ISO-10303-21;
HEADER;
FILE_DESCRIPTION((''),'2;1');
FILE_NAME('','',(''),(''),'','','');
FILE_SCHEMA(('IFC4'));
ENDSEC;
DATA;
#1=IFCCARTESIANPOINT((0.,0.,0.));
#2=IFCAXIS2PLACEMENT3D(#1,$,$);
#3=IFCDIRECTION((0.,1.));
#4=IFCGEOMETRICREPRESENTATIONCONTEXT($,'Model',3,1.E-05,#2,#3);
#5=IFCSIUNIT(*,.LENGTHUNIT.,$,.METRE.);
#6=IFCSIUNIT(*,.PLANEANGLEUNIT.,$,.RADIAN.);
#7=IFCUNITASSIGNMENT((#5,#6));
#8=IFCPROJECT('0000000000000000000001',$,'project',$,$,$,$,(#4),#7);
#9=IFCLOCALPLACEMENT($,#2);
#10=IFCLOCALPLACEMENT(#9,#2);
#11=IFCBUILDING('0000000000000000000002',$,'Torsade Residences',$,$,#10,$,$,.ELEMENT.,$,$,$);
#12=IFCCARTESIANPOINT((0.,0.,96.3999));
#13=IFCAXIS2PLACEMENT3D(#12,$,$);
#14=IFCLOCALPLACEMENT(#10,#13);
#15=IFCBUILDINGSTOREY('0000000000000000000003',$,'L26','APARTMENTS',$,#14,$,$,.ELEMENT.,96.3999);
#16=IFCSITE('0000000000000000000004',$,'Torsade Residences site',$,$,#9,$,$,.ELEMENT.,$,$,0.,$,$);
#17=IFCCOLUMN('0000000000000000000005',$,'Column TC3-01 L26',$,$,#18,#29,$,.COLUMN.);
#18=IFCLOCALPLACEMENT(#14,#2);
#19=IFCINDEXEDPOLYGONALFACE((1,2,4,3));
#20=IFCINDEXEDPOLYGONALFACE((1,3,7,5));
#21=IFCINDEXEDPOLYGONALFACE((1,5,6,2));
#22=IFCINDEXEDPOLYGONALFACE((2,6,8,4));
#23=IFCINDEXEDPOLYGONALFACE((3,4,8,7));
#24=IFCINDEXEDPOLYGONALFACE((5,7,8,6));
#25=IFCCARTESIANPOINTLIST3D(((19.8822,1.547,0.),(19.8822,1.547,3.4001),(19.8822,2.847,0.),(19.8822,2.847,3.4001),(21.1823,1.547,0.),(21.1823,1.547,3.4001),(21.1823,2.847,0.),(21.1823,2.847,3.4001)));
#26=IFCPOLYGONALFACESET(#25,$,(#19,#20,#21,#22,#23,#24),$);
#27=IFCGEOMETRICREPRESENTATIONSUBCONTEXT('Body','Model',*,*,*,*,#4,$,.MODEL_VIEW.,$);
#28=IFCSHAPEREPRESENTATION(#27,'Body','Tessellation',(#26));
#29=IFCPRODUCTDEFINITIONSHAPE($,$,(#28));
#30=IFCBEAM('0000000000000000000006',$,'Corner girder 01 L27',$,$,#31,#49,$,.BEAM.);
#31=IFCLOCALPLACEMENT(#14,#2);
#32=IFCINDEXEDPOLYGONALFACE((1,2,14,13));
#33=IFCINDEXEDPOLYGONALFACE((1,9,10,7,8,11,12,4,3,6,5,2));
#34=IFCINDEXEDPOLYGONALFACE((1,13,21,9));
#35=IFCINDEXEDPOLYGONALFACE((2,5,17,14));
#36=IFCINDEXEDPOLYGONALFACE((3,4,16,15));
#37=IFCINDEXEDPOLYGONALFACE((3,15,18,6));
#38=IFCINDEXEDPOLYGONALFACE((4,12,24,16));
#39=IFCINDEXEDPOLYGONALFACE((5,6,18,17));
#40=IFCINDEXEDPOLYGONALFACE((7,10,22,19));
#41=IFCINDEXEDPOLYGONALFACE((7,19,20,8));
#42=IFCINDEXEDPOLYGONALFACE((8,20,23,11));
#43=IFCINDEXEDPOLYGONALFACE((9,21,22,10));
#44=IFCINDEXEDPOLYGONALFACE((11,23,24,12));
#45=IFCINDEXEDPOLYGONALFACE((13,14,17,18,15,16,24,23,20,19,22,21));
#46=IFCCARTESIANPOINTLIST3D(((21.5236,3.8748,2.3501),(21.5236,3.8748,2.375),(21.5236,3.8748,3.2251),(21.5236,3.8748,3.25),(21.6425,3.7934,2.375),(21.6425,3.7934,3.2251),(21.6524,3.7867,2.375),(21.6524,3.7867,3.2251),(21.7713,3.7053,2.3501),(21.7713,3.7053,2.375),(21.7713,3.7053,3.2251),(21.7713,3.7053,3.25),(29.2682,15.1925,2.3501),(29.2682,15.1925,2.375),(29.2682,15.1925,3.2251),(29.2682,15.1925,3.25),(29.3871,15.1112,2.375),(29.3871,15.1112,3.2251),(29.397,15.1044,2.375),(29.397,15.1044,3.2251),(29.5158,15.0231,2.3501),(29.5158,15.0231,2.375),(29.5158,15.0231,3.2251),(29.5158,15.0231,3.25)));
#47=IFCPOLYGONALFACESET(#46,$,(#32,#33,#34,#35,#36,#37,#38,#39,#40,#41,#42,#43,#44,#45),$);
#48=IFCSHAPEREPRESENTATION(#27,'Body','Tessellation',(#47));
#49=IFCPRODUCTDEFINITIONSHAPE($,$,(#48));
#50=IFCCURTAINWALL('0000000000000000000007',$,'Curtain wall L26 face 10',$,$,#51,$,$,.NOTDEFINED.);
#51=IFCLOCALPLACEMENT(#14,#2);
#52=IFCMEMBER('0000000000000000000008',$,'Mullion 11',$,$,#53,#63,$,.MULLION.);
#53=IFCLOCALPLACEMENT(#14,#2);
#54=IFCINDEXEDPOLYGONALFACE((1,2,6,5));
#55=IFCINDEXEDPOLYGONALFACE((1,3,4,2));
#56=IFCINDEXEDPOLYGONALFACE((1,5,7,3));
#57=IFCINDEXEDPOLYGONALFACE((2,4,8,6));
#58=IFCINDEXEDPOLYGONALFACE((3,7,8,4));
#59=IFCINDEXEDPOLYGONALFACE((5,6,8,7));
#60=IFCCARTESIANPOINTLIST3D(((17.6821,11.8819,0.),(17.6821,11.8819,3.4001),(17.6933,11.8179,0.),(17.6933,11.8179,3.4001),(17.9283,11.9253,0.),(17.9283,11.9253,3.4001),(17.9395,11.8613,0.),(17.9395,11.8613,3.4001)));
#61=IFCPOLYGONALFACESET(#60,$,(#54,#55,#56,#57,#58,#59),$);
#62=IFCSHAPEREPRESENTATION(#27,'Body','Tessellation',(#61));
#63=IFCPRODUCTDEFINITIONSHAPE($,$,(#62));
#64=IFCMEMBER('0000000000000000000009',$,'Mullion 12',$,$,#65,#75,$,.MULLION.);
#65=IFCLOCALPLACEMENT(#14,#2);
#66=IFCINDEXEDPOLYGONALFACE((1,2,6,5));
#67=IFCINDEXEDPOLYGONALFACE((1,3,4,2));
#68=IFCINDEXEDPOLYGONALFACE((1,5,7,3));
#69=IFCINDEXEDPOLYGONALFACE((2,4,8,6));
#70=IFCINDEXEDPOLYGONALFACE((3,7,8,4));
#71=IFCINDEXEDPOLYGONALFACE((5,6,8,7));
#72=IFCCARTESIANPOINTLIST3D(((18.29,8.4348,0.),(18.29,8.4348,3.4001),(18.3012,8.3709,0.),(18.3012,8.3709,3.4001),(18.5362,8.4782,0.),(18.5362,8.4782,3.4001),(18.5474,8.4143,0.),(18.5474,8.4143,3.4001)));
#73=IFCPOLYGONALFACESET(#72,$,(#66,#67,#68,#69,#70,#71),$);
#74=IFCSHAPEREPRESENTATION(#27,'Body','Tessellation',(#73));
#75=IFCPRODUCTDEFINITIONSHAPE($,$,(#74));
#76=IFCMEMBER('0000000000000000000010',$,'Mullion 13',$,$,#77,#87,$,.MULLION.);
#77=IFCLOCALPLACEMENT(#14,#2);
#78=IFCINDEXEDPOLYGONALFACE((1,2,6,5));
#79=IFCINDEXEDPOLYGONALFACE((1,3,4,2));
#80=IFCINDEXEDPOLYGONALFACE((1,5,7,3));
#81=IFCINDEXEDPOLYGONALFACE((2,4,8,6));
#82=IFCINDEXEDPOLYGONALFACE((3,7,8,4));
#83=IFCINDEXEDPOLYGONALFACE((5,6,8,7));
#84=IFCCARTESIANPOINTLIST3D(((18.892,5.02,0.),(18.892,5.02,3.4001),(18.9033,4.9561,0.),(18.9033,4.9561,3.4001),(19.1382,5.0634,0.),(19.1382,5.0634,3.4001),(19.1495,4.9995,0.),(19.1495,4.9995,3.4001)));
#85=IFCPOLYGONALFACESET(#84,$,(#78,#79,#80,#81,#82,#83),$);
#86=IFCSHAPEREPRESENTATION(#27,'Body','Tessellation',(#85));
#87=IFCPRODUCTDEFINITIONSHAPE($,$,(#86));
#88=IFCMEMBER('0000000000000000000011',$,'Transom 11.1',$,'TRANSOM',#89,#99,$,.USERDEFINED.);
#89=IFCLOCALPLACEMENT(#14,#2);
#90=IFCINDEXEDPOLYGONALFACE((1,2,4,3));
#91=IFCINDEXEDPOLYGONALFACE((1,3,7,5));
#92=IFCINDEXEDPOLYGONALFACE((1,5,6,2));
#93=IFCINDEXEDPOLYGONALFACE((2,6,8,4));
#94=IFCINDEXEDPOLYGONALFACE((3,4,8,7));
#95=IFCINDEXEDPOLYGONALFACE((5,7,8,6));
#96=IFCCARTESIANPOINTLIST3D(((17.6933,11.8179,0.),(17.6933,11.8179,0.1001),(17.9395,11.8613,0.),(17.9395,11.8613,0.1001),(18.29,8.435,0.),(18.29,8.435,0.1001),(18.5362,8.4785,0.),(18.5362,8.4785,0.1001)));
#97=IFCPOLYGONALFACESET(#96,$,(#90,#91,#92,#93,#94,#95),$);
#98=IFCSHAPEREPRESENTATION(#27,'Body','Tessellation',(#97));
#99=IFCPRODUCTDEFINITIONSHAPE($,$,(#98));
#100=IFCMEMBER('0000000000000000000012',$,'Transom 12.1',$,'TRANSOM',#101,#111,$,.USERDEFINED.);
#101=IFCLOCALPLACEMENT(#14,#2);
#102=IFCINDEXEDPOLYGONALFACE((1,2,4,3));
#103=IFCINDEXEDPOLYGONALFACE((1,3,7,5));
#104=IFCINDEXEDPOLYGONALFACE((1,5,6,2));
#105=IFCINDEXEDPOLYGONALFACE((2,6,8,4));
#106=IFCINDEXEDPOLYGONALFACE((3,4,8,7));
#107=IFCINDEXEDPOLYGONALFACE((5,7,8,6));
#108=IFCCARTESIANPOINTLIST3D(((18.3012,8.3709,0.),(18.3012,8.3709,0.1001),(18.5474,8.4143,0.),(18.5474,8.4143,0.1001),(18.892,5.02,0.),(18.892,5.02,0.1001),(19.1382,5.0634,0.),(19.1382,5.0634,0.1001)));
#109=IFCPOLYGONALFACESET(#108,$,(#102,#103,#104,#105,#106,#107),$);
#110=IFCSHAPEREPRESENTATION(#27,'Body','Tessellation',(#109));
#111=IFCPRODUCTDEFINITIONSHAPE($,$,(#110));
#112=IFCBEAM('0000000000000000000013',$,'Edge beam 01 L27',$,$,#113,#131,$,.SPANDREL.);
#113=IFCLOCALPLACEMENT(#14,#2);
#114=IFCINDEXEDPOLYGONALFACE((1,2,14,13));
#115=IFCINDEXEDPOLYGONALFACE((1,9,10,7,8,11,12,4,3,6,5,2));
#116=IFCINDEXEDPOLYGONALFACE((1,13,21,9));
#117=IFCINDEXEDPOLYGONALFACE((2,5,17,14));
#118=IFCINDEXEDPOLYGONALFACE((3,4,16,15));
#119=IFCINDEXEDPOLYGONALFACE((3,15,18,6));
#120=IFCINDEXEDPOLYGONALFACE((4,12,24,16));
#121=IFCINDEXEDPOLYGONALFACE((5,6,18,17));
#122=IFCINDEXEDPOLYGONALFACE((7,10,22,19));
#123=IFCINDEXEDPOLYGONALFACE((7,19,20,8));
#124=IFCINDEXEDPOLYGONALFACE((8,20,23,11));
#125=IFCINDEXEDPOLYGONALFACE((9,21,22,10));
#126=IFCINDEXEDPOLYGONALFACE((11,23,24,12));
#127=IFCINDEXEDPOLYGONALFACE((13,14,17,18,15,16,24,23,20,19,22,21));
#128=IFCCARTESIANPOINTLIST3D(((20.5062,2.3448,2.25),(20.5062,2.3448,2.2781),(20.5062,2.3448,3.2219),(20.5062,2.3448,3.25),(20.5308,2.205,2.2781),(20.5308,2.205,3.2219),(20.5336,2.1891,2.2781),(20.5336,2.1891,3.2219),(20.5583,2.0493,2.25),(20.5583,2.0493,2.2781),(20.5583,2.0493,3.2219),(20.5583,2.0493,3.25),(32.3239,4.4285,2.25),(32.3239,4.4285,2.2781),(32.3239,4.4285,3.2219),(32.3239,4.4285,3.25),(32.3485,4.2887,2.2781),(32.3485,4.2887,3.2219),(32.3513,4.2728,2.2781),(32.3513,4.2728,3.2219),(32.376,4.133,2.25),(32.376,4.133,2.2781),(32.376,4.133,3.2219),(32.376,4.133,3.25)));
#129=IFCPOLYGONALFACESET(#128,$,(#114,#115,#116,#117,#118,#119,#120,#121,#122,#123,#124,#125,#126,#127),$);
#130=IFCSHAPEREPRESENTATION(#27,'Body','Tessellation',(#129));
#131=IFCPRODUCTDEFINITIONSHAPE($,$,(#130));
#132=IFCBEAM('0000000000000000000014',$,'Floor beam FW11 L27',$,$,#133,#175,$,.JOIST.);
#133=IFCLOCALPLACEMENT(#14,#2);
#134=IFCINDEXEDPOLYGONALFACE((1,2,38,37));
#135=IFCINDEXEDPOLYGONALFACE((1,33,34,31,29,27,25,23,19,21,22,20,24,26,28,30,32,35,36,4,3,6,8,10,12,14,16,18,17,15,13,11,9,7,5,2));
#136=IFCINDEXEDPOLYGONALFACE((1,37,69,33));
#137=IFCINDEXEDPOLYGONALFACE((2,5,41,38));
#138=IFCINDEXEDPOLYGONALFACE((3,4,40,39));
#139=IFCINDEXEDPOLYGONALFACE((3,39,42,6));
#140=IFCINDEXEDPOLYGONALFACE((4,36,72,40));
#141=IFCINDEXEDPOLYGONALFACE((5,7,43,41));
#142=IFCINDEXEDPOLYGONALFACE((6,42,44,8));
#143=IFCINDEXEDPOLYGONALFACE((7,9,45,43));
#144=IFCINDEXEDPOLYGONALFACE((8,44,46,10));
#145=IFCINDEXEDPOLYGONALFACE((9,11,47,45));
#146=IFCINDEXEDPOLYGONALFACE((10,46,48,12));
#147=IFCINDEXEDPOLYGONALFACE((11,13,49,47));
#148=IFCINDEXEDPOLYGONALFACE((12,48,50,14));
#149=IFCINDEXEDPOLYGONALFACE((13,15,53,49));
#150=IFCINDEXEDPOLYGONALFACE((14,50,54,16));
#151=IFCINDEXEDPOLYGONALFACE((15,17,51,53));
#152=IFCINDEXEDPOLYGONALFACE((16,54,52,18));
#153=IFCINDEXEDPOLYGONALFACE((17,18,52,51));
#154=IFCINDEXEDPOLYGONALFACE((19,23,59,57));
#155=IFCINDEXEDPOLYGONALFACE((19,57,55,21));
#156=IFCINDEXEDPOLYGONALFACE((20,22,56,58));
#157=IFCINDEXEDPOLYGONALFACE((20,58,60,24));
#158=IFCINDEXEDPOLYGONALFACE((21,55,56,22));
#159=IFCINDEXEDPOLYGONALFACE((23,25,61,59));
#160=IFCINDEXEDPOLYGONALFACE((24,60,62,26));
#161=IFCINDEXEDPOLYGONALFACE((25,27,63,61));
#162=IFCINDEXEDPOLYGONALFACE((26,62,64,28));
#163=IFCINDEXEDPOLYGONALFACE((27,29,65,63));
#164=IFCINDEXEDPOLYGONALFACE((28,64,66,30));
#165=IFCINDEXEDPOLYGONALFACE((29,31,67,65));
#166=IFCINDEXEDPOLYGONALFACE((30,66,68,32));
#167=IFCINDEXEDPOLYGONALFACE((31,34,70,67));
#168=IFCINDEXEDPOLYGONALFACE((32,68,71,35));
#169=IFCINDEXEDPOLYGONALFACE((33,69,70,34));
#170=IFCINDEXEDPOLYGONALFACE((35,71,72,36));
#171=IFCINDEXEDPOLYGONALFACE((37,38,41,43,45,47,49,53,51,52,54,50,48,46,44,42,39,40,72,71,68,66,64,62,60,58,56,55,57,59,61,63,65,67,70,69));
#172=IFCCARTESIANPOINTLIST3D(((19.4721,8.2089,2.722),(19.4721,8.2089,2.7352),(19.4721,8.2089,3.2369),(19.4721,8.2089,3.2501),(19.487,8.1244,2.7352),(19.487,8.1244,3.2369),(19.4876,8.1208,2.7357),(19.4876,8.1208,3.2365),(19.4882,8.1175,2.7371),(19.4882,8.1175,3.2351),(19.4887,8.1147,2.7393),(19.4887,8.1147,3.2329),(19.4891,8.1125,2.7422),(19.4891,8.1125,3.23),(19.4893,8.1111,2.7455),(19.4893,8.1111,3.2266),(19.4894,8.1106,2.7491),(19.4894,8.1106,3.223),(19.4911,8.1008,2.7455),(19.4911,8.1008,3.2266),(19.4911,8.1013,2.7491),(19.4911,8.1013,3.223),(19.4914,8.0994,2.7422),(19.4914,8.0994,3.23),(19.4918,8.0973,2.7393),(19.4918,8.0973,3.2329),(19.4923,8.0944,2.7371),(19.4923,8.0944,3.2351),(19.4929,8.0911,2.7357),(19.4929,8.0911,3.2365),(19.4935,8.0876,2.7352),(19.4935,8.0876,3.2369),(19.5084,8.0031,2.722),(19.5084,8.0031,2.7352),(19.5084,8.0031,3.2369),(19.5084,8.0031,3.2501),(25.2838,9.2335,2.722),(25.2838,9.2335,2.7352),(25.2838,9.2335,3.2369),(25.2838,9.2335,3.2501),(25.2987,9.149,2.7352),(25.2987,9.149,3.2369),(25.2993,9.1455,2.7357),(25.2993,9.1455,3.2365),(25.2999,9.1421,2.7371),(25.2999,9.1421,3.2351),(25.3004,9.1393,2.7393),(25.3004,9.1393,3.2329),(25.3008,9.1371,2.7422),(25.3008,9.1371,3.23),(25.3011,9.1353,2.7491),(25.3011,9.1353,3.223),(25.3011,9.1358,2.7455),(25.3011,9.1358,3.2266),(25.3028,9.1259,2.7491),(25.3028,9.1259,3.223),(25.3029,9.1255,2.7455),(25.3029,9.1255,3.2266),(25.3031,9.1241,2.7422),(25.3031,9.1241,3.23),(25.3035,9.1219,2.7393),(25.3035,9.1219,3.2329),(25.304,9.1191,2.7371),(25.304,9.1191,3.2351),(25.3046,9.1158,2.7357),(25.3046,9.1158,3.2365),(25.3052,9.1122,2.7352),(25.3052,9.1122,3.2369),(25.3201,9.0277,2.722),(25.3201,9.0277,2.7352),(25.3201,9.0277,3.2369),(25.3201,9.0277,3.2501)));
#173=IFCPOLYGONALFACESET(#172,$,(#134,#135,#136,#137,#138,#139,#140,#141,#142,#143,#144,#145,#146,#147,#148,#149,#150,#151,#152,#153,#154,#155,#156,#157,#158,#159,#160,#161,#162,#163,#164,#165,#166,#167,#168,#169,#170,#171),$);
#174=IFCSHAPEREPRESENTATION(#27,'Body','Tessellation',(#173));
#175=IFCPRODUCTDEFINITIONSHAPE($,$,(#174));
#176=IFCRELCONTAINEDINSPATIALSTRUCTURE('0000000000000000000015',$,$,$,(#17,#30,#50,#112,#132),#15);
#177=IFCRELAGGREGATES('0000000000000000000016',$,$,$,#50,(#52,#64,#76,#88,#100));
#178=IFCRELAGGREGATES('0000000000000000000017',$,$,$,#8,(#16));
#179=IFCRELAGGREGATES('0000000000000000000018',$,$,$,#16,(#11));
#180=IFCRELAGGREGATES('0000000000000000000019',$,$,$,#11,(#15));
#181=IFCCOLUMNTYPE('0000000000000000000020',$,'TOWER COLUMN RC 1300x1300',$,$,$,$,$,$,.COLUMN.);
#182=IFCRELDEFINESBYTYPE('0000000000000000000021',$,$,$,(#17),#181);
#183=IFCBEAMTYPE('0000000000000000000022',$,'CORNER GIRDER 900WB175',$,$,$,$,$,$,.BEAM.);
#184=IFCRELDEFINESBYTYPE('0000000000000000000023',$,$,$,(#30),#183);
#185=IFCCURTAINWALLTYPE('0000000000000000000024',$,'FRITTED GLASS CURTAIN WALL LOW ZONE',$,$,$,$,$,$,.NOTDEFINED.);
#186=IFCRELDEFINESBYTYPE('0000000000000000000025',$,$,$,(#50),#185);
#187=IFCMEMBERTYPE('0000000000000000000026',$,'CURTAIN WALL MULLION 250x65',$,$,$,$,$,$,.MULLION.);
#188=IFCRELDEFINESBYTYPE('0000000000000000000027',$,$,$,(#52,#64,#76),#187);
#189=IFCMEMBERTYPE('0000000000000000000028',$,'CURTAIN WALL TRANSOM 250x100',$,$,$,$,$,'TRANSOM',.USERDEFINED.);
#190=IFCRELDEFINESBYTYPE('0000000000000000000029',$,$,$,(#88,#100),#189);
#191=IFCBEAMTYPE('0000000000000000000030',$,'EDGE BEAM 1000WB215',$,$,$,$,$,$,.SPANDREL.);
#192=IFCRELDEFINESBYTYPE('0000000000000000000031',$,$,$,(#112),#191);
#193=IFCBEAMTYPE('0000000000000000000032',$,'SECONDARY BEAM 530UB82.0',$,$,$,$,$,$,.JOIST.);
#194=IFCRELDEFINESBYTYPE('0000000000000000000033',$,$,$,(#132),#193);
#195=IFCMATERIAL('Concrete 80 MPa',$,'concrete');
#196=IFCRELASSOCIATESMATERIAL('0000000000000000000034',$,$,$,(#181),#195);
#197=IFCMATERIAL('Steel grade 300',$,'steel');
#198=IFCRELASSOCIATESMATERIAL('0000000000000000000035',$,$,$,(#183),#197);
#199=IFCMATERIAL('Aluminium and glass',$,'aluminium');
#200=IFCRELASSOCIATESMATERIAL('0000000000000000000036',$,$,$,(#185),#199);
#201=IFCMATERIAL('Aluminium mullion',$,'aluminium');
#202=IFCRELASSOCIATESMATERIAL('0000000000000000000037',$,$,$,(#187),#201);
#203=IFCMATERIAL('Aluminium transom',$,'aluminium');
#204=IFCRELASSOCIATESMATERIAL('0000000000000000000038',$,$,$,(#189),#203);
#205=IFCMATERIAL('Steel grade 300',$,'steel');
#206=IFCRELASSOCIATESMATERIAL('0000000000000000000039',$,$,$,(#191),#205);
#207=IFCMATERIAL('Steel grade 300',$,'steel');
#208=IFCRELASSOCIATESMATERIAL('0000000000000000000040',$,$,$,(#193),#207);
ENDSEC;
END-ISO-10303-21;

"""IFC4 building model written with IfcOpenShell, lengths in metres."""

from ifc_helpers import new_model, si_unit, direction, frame, origin, origin_2d, place, context, subcontext, project, spatial, rectangle, i_section, extrude, material, material_profile, profile_set, type_object, element, aggregate, save


model = new_model("IFC4")

# Units and contexts
model_context = context("Model", 3, precision=1e-05, world=origin(), true_north=direction((0.0, 1.0)))
body_context = subcontext(model_context, "Body", "Model", "MODEL_VIEW")
ifc_project = project(units=[si_unit("LENGTHUNIT", "METRE"), si_unit("PLANEANGLEUNIT", "RADIAN")], contexts=[model_context])

# Site, building, storey
site_placement = place(None, origin())
site = spatial("IfcSite", under=ifc_project, at=site_placement, Name="Torsade Residences site", CompositionType="ELEMENT", RefElevation=0.0)
building_placement = place(site_placement, origin())
building = spatial("IfcBuilding", under=site, at=building_placement, Name="Torsade Residences", CompositionType="ELEMENT")
storey_placement = place(building_placement, frame((0.0, 0.0, 96.3999)))
storey = spatial("IfcBuildingStorey", under=building, at=storey_placement, Name="L26", Description="APARTMENTS", CompositionType="ELEMENT", Elevation=96.3999)

# Column
ifc_material_1 = material(Name="Concrete 80 MPa", Category="concrete")
ifc_material_profile_1 = material_profile(ifc_material_1, rectangle(XDim=1.3, YDim=1.3, at=origin_2d()), Name="RC 1300x1300")
ifc_profile_set_1 = profile_set([ifc_material_profile_1], Name="Concrete 80 MPa")
column_type = type_object("IfcColumnType", Name="TOWER COLUMN RC 1300x1300", PredefinedType="COLUMN", material=ifc_profile_set_1)
column_placement = place(storey_placement, frame((20.5322, 2.197, 0.0), z_axis=(0.0, 0.0, 1.0), x_axis=(1.0, 0.0, 0.0)))
element("IfcColumn", 1, at=column_placement, inside=storey, type_object=column_type, Name="Column TC3-01 L26", PredefinedType="COLUMN", context=body_context, shape_type="SweptSolid", body=[
    extrude(rectangle(XDim=1.3, YDim=1.3, at=origin_2d()), origin(), (0.0, 0.0, 1.0), 3.4001),
])

# Beam
ifc_material_2 = material(Name="Steel grade 300", Category="steel")
ifc_material_profile_2 = material_profile(ifc_material_2, i_section(OverallWidth=0.3, OverallDepth=0.8999, WebThickness=0.012, FlangeThickness=0.0249, at=origin_2d()), Name="900WB175")
ifc_profile_set_2 = profile_set([ifc_material_profile_2], Name="Steel grade 300")
beam_type_1 = type_object("IfcBeamType", Name="CORNER GIRDER 900WB175", PredefinedType="BEAM", material=ifc_profile_set_2)
beam_1_placement = place(storey_placement, frame((21.6475, 3.79, 2.8), z_axis=(0.564725, 0.825279, 0.0), x_axis=(-0.825279, 0.564725, 0.0)))
element("IfcBeam", 2, at=beam_1_placement, inside=storey, type_object=beam_type_1, Name="Corner girder 01 L27", PredefinedType="BEAM", context=body_context, shape_type="SweptSolid", body=[
    extrude(i_section(OverallWidth=0.3, OverallDepth=0.8999, WebThickness=0.012, FlangeThickness=0.0249, at=origin_2d()), origin(), (0.0, 0.0, 1.0), 13.7139),
])

# Curtain wall, members
ifc_material_3 = material(Name="Aluminium and glass", Category="aluminium")
curtain_wall_type = type_object("IfcCurtainWallType", Name="FRITTED GLASS CURTAIN WALL LOW ZONE", PredefinedType="NOTDEFINED", material=ifc_material_3)
curtain_wall_placement = place(storey_placement, origin())
curtain_wall = element("IfcCurtainWall", 3, at=curtain_wall_placement, inside=storey, type_object=curtain_wall_type, Name="Curtain wall L26 face 10", PredefinedType="NOTDEFINED")
ifc_material_4 = material(Name="Aluminium mullion", Category="aluminium")
ifc_material_profile_3 = material_profile(ifc_material_4, rectangle(XDim=0.25, YDim=0.0649, at=origin_2d()), Name="CURTAIN WALL MULLION 250x65")
ifc_profile_set_3 = profile_set([ifc_material_profile_3], Name="Aluminium mullion")
member_type_1 = type_object("IfcMemberType", Name="CURTAIN WALL MULLION 250x65", PredefinedType="MULLION", material=ifc_profile_set_3)
member_1_placement = place(storey_placement, frame((17.8108, 11.8716, 0.0), z_axis=(0.0, 0.0, 1.0), x_axis=(0.984808, 0.173648, 0.0)))
member_1 = element("IfcMember", 4, at=member_1_placement, type_object=member_type_1, Name="Mullion 11", PredefinedType="MULLION", context=body_context, shape_type="SweptSolid", body=[
    extrude(rectangle(XDim=0.25, YDim=0.0649, at=origin_2d()), origin(), (0.0, 0.0, 1.0), 3.4001),
])
member_2_placement = place(storey_placement, frame((18.4187, 8.4246, 0.0), z_axis=(0.0, 0.0, 1.0), x_axis=(0.984808, 0.173648, 0.0)))
member_2 = element("IfcMember", 5, at=member_2_placement, type_object=member_type_1, Name="Mullion 12", PredefinedType="MULLION", context=body_context, shape_type="SweptSolid", body=[
    extrude(rectangle(XDim=0.25, YDim=0.0649, at=origin_2d()), origin(), (0.0, 0.0, 1.0), 3.4001),
])
member_3_placement = place(storey_placement, frame((19.0208, 5.0098, 0.0), z_axis=(0.0, 0.0, 1.0), x_axis=(0.984808, 0.173648, 0.0)))
member_3 = element("IfcMember", 6, at=member_3_placement, type_object=member_type_1, Name="Mullion 13", PredefinedType="MULLION", context=body_context, shape_type="SweptSolid", body=[
    extrude(rectangle(XDim=0.25, YDim=0.0649, at=origin_2d()), origin(), (0.0, 0.0, 1.0), 3.4001),
])
ifc_material_5 = material(Name="Aluminium transom", Category="aluminium")
ifc_material_profile_4 = material_profile(ifc_material_5, rectangle(XDim=0.25, YDim=0.1001, at=origin_2d()), Name="CURTAIN WALL TRANSOM 250x100")
ifc_profile_set_4 = profile_set([ifc_material_profile_4], Name="Aluminium transom")
member_type_2 = type_object("IfcMemberType", Name="CURTAIN WALL TRANSOM 250x100", ElementType="TRANSOM", PredefinedType="USERDEFINED", material=ifc_profile_set_4)
member_4_placement = place(storey_placement, frame((17.8164, 11.8396, 0.05), z_axis=(0.173704, -0.984798, 0.0), x_axis=(0.984798, 0.173704, 0.0)))
member_4 = element("IfcMember", 7, at=member_4_placement, type_object=member_type_2, Name="Transom 11.1", ObjectType="TRANSOM", PredefinedType="USERDEFINED", context=body_context, shape_type="SweptSolid", body=[
    extrude(rectangle(XDim=0.25, YDim=0.1001, at=origin_2d()), origin(), (0.0, 0.0, 1.0), 3.4351),
])
member_5_placement = place(storey_placement, frame((18.4243, 8.3926, 0.05), z_axis=(0.173642, -0.984809, 0.0), x_axis=(0.984809, 0.173642, 0.0)))
member_5 = element("IfcMember", 8, at=member_5_placement, type_object=member_type_2, Name="Transom 12.1", ObjectType="TRANSOM", PredefinedType="USERDEFINED", context=body_context, shape_type="SweptSolid", body=[
    extrude(rectangle(XDim=0.25, YDim=0.1001, at=origin_2d()), origin(), (0.0, 0.0, 1.0), 3.4026),
])

# Beams
ifc_material_6 = material(Name="Steel grade 300", Category="steel")
ifc_material_profile_5 = material_profile(ifc_material_6, i_section(OverallWidth=0.3, OverallDepth=1.0, WebThickness=0.0161, FlangeThickness=0.0281, at=origin_2d()), Name="1000WB215")
ifc_profile_set_5 = profile_set([ifc_material_profile_5], Name="Steel grade 300")
beam_type_2 = type_object("IfcBeamType", Name="EDGE BEAM 1000WB215", PredefinedType="SPANDREL", material=ifc_profile_set_5)
beam_2_placement = place(storey_placement, frame((20.5322, 2.197, 2.75), z_axis=(0.984808, 0.173646, 0.0), x_axis=(-0.173646, 0.984808, 0.0)))
element("IfcBeam", 9, at=beam_2_placement, inside=storey, type_object=beam_type_2, Name="Edge beam 01 L27", PredefinedType="SPANDREL", context=body_context, shape_type="SweptSolid", body=[
    extrude(i_section(OverallWidth=0.3, OverallDepth=1.0, WebThickness=0.0161, FlangeThickness=0.0281, at=origin_2d()), origin(), (0.0, 0.0, 1.0), 12.0),
])
ifc_material_7 = material(Name="Steel grade 300", Category="steel")
ifc_material_profile_6 = material_profile(ifc_material_7, i_section(OverallWidth=0.209, OverallDepth=0.5281, WebThickness=0.0095, FlangeThickness=0.0132, FilletRadius=0.0139, at=origin_2d()), Name="530UB82.0")
ifc_profile_set_6 = profile_set([ifc_material_profile_6], Name="Steel grade 300")
beam_type_3 = type_object("IfcBeamType", Name="SECONDARY BEAM 530UB82.0", PredefinedType="JOIST", material=ifc_profile_set_6)
beam_3_placement = place(storey_placement, frame((19.4902, 8.106, 2.9861), z_axis=(0.984811, 0.17363, 0.0), x_axis=(-0.17363, 0.984811, 0.0)))
element("IfcBeam", 10, at=beam_3_placement, inside=storey, type_object=beam_type_3, Name="Floor beam FW11 L27", PredefinedType="JOIST", context=body_context, shape_type="SweptSolid", body=[
    extrude(i_section(OverallWidth=0.209, OverallDepth=0.5281, WebThickness=0.0095, FlangeThickness=0.0132, FilletRadius=0.0139, at=origin_2d()), origin(), (0.0, 0.0, 1.0), 5.9014),
])

aggregate(curtain_wall, [member_1, member_2, member_3, member_4, member_5])

save(model, "model.ifc")
